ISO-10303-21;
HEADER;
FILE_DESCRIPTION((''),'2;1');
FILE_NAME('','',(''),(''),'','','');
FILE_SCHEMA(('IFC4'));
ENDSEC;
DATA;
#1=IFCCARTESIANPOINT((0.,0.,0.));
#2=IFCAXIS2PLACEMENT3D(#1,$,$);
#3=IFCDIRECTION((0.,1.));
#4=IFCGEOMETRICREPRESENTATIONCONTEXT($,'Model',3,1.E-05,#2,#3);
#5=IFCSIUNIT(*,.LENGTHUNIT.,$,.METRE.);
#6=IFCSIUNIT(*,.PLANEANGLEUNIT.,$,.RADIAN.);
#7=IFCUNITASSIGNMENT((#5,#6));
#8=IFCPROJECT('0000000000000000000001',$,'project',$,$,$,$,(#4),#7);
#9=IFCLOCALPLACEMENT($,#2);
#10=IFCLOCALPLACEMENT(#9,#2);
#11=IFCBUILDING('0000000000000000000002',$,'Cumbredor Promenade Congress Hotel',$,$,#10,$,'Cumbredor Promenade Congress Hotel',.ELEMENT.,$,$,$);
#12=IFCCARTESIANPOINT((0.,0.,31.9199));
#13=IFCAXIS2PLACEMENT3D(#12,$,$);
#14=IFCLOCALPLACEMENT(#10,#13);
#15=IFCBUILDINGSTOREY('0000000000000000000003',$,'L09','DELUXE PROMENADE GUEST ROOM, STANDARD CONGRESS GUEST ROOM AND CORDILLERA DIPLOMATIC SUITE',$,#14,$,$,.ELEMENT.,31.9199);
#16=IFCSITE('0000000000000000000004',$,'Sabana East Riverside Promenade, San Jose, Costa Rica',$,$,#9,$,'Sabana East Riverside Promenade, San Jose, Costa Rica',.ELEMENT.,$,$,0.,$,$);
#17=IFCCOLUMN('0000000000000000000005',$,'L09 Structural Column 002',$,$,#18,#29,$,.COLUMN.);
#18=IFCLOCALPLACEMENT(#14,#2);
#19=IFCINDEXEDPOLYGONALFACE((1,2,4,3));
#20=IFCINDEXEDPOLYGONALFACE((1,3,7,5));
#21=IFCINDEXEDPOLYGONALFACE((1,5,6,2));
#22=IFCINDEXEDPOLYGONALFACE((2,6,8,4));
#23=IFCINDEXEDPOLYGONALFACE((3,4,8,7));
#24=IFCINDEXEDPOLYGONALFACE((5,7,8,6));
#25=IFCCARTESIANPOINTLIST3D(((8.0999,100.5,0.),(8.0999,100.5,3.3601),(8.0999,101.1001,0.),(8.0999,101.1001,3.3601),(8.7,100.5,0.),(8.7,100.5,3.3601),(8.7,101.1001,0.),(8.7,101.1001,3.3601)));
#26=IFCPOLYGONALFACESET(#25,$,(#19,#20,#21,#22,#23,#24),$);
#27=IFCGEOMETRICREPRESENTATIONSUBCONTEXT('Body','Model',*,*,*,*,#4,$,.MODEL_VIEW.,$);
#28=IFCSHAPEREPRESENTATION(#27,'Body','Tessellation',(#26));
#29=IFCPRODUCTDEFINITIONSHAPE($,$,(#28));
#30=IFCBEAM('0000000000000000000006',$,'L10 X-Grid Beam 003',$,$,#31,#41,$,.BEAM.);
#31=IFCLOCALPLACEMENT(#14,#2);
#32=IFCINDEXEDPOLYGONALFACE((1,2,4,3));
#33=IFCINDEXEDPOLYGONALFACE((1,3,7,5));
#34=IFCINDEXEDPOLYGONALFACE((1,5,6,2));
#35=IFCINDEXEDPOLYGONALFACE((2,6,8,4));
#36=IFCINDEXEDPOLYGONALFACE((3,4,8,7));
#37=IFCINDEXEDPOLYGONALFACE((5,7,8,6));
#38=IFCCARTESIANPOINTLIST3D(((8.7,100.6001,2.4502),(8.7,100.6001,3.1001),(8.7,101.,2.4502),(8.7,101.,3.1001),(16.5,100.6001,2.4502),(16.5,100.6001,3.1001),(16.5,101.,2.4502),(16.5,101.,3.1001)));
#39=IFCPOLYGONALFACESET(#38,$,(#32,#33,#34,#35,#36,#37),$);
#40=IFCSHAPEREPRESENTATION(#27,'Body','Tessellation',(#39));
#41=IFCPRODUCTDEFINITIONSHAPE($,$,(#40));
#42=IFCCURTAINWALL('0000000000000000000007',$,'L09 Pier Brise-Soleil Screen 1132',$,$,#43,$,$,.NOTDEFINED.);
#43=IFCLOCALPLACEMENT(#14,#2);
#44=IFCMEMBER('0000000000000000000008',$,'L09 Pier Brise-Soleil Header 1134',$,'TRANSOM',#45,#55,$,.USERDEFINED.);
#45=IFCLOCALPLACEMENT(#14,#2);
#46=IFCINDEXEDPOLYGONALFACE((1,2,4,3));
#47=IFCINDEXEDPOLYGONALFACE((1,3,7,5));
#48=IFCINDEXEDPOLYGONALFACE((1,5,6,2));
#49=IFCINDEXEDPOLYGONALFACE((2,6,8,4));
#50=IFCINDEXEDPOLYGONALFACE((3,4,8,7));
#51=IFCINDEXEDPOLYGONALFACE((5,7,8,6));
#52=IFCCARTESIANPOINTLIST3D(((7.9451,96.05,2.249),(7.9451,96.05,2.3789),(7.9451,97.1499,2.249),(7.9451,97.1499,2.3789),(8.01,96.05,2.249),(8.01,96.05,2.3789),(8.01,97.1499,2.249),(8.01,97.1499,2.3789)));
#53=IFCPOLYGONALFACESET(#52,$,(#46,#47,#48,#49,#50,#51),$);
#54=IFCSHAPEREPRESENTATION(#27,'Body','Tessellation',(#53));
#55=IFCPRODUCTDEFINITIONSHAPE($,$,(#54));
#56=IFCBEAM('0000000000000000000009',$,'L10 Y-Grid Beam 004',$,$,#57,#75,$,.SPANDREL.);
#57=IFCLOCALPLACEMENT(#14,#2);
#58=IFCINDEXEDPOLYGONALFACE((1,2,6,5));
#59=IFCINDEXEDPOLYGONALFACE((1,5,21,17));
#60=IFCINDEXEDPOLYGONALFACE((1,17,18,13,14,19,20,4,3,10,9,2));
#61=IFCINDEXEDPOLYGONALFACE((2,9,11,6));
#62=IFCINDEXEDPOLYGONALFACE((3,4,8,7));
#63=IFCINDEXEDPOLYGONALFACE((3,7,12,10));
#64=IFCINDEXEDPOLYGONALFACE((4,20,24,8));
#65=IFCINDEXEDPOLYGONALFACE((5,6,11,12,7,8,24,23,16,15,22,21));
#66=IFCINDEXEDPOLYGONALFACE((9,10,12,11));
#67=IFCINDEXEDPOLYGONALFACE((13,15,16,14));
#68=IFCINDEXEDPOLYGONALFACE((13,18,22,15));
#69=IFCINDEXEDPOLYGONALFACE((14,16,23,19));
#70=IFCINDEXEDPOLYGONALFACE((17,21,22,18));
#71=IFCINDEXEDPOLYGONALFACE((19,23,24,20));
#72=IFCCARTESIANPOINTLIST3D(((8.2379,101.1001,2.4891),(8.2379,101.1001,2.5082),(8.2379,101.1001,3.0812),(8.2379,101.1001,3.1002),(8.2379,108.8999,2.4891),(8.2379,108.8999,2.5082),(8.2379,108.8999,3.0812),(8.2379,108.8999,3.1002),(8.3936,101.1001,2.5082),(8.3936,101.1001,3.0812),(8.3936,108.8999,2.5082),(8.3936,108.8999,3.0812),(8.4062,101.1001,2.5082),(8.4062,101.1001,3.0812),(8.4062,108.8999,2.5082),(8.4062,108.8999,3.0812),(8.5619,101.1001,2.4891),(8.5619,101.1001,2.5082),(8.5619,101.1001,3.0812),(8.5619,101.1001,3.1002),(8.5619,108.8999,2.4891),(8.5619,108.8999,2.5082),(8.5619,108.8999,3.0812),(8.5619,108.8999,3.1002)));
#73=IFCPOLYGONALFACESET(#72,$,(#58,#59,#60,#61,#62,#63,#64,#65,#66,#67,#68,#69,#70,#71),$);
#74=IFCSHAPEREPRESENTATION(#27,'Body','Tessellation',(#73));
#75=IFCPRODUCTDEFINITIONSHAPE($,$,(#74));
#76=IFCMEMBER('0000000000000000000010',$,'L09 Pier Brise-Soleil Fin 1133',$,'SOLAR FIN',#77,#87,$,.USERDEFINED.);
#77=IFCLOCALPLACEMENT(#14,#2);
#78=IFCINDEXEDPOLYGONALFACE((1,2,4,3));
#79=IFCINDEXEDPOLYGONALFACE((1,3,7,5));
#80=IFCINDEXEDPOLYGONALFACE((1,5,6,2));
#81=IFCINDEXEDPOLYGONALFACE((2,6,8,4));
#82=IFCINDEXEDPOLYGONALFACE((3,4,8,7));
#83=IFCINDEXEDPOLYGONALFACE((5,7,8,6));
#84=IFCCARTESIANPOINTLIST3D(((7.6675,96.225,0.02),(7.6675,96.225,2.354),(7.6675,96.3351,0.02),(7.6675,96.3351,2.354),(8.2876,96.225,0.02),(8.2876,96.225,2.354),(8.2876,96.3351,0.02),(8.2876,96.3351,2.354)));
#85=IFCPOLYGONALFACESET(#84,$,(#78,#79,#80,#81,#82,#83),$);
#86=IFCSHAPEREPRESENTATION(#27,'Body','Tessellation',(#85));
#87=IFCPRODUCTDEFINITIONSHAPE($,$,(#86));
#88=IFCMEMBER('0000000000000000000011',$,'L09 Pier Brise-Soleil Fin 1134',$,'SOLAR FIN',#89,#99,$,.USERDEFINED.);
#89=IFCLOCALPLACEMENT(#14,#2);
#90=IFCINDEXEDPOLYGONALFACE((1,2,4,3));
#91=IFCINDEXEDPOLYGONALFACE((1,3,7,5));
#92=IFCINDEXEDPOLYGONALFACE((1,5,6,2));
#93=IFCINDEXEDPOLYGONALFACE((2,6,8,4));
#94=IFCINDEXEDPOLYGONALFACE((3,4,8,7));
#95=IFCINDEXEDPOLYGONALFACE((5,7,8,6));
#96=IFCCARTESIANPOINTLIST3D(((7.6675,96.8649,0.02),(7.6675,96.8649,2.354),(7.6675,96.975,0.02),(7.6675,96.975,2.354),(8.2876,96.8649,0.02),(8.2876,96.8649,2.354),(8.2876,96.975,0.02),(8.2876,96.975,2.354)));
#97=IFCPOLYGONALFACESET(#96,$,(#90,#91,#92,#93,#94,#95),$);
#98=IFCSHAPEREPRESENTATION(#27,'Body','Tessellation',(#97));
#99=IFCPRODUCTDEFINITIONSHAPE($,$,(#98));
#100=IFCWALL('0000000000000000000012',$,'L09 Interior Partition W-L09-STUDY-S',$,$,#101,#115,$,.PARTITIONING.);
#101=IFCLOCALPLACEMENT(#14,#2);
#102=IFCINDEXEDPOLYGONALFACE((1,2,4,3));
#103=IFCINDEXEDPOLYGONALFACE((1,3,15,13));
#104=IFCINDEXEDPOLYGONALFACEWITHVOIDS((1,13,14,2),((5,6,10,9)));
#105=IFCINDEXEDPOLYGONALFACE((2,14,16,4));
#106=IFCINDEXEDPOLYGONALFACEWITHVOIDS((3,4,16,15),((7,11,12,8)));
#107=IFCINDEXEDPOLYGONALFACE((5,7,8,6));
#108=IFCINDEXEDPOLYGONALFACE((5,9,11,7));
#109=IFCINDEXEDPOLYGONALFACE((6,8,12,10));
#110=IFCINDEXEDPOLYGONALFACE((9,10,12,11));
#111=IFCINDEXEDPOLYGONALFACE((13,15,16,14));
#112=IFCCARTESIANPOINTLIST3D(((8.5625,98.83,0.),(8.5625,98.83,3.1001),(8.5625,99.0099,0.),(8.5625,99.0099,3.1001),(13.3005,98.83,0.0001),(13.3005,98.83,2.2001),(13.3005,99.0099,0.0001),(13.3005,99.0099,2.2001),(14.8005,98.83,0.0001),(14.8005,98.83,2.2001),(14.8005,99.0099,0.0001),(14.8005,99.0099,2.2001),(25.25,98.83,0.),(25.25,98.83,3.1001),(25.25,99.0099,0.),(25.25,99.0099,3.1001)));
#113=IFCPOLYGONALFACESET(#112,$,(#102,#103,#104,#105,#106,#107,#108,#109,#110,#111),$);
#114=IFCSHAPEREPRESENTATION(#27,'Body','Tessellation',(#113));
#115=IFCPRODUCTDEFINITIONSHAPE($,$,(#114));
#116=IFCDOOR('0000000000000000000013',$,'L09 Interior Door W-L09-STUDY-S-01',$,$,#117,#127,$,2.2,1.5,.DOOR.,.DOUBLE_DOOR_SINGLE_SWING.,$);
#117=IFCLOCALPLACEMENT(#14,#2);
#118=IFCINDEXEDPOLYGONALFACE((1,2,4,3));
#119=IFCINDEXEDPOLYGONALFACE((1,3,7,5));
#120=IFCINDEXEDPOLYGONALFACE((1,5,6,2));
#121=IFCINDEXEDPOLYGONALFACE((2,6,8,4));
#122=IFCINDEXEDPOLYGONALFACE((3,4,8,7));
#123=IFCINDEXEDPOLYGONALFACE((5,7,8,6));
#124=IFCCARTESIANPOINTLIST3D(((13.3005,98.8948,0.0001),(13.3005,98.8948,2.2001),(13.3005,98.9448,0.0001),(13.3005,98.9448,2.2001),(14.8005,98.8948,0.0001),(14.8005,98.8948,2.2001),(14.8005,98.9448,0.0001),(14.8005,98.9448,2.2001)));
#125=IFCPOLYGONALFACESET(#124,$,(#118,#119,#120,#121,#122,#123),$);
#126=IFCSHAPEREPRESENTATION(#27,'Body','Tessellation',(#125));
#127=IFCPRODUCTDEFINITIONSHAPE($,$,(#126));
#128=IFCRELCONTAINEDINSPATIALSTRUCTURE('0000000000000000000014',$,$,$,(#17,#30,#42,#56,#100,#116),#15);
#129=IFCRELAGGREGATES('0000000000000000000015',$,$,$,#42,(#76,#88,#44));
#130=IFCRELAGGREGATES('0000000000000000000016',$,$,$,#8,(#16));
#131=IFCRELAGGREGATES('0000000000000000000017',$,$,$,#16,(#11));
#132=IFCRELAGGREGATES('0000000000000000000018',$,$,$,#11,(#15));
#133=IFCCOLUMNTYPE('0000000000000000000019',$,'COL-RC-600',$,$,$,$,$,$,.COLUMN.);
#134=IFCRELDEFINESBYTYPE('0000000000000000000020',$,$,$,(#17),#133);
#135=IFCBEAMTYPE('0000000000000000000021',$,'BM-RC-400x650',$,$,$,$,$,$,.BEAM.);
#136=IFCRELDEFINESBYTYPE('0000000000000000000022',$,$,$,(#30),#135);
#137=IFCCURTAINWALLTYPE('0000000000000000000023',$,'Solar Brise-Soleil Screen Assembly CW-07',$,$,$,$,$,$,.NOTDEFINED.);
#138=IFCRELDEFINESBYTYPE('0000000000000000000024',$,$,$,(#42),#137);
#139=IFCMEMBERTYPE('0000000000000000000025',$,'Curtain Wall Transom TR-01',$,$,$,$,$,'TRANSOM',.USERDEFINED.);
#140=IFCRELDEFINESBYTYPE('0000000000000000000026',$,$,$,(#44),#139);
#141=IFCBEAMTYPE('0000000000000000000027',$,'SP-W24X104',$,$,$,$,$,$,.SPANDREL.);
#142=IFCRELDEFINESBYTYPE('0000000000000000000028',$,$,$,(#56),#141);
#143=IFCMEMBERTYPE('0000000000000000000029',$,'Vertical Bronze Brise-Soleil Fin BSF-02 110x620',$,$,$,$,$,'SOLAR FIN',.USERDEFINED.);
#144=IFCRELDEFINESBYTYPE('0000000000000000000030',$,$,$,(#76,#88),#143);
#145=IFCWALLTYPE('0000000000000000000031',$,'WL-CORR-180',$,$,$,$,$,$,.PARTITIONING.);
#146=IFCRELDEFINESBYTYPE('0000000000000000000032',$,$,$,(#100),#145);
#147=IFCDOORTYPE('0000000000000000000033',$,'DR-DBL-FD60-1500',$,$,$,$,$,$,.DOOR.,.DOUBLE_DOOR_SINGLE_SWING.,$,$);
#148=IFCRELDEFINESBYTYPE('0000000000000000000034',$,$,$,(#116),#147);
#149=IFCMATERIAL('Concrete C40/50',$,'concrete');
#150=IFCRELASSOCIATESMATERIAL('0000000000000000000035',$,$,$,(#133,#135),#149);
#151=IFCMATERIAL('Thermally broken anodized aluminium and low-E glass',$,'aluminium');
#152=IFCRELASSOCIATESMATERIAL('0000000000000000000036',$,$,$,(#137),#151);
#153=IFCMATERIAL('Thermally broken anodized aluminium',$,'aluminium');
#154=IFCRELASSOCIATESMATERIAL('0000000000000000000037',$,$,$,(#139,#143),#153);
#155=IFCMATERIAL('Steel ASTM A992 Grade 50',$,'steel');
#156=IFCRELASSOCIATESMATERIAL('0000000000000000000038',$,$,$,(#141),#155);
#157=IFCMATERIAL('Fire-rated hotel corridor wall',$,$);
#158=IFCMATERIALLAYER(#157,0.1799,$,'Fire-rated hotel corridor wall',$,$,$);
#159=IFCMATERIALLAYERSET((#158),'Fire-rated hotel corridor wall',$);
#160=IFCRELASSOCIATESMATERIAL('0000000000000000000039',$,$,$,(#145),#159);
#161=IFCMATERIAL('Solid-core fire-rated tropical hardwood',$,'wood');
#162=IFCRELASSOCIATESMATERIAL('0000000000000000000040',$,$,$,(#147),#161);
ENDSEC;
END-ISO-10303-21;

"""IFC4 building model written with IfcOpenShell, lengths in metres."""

from ifc_helpers import new_model, si_unit, direction, frame, frame_2d, origin, origin_2d, place, context, subcontext, project, spatial, rectangle, i_section, extrude, material, layer, layer_set, material_profile, profile_set, type_object, element, fill, aggregate, save


model = new_model("IFC4")

# Units and contexts
model_context = context("Model", 3, precision=1e-05, world=origin(), true_north=direction((0.0, 1.0)))
body_context = subcontext(model_context, "Body", "Model", "MODEL_VIEW")
ifc_project = project(units=[si_unit("LENGTHUNIT", "METRE"), si_unit("PLANEANGLEUNIT", "RADIAN")], contexts=[model_context])

# Site, building, storey
site_placement = place(None, origin())
site = spatial("IfcSite", under=ifc_project, at=site_placement, Name="Sabana East Riverside Promenade, San Jose, Costa Rica", LongName="Sabana East Riverside Promenade, San Jose, Costa Rica", CompositionType="ELEMENT", RefElevation=0.0)
building_placement = place(site_placement, origin())
building = spatial("IfcBuilding", under=site, at=building_placement, Name="Cumbredor Promenade Congress Hotel", LongName="Cumbredor Promenade Congress Hotel", CompositionType="ELEMENT")
storey_placement = place(building_placement, frame((0.0, 0.0, 31.9199)))
storey = spatial("IfcBuildingStorey", under=building, at=storey_placement, Name="L09", Description="DELUXE PROMENADE GUEST ROOM, STANDARD CONGRESS GUEST ROOM AND CORDILLERA DIPLOMATIC SUITE", CompositionType="ELEMENT", Elevation=31.9199)

# Column
ifc_material_1 = material(Name="Concrete C40/50", Category="concrete")
ifc_material_profile_1 = material_profile(ifc_material_1, rectangle(XDim=0.6001, YDim=0.6001, at=origin_2d()), Name="RC 600x600")
ifc_profile_set_1 = profile_set([ifc_material_profile_1], Name="Concrete C40/50")
column_type = type_object("IfcColumnType", Name="COL-RC-600", PredefinedType="COLUMN", material=ifc_profile_set_1)
column_placement = place(storey_placement, frame((8.3999, 100.8, 0.0), z_axis=(0.0, 0.0, 1.0), x_axis=(1.0, 0.0, 0.0)))
element("IfcColumn", 1, at=column_placement, inside=storey, type_object=column_type, Name="L09 Structural Column 002", PredefinedType="COLUMN", context=body_context, shape_type="SweptSolid", body=[
    extrude(rectangle(XDim=0.6001, YDim=0.6001, at=origin_2d()), origin(), (0.0, 0.0, 1.0), 3.3601),
])

# Beam
ifc_material_profile_2 = material_profile(ifc_material_1, rectangle(XDim=0.3999, YDim=0.6499, at=origin_2d()), Name="RC BEAM 400x650")
ifc_profile_set_2 = profile_set([ifc_material_profile_2], Name="Concrete C40/50")
beam_type_1 = type_object("IfcBeamType", Name="BM-RC-400x650", PredefinedType="BEAM", material=ifc_profile_set_2)
beam_1_placement = place(storey_placement, frame((8.7, 100.8, 2.7751), z_axis=(1.0, 0.0, 0.0), x_axis=(0.0, 1.0, 0.0)))
element("IfcBeam", 2, at=beam_1_placement, inside=storey, type_object=beam_type_1, Name="L10 X-Grid Beam 003", PredefinedType="BEAM", context=body_context, shape_type="SweptSolid", body=[
    extrude(rectangle(XDim=0.3999, YDim=0.6499, at=origin_2d()), origin(), (0.0, 0.0, 1.0), 7.8),
])

# Curtain wall, member
ifc_material_2 = material(Name="Thermally broken anodized aluminium and low-E glass", Category="aluminium")
curtain_wall_type = type_object("IfcCurtainWallType", Name="Solar Brise-Soleil Screen Assembly CW-07", PredefinedType="NOTDEFINED", material=ifc_material_2)
curtain_wall_placement = place(storey_placement, origin())
curtain_wall = element("IfcCurtainWall", 3, at=curtain_wall_placement, inside=storey, type_object=curtain_wall_type, Name="L09 Pier Brise-Soleil Screen 1132", PredefinedType="NOTDEFINED")
ifc_material_3 = material(Name="Thermally broken anodized aluminium", Category="aluminium")
ifc_material_profile_3 = material_profile(ifc_material_3, rectangle(XDim=0.0649, YDim=0.1299, at=origin_2d()), Name="ALU TRANSOM 65x130")
ifc_profile_set_3 = profile_set([ifc_material_profile_3], Name="Thermally broken anodized aluminium")
member_type_1 = type_object("IfcMemberType", Name="Curtain Wall Transom TR-01", ElementType="TRANSOM", PredefinedType="USERDEFINED", material=ifc_profile_set_3)
member_1_placement = place(storey_placement, frame((7.9775, 96.05, 2.314), z_axis=(0.0, 1.0, 0.0), x_axis=(-1.0, 0.0, 0.0)))
member_1 = element("IfcMember", 4, at=member_1_placement, type_object=member_type_1, Name="L09 Pier Brise-Soleil Header 1134", ObjectType="TRANSOM", PredefinedType="USERDEFINED", context=body_context, shape_type="SweptSolid", body=[
    extrude(rectangle(XDim=0.0649, YDim=0.1299, at=origin_2d()), origin(), (0.0, 0.0, 1.0), 1.0999),
])

# Beam
ifc_material_4 = material(Name="Steel ASTM A992 Grade 50", Category="steel")
ifc_material_profile_4 = material_profile(ifc_material_4, i_section(OverallWidth=0.324, OverallDepth=0.6111, WebThickness=0.0127, FlangeThickness=0.019, at=origin_2d()), Name="W24X104")
ifc_profile_set_4 = profile_set([ifc_material_profile_4], Name="Steel ASTM A992 Grade 50")
beam_type_2 = type_object("IfcBeamType", Name="SP-W24X104", PredefinedType="SPANDREL", material=ifc_profile_set_4)
beam_2_placement = place(storey_placement, frame((8.3999, 101.1001, 2.7947), z_axis=(0.0, 1.0, 0.0), x_axis=(-1.0, 0.0, 0.0)))
element("IfcBeam", 5, at=beam_2_placement, inside=storey, type_object=beam_type_2, Name="L10 Y-Grid Beam 004", PredefinedType="SPANDREL", context=body_context, shape_type="SweptSolid", body=[
    extrude(i_section(OverallWidth=0.324, OverallDepth=0.6111, WebThickness=0.0127, FlangeThickness=0.019, at=origin_2d()), origin(), (0.0, 0.0, 1.0), 7.7998),
])

# Members
ifc_material_profile_5 = material_profile(ifc_material_3, rectangle(XDim=0.1101, YDim=0.6201, at=origin_2d()), Name="ARCH FIN 110x620")
ifc_profile_set_5 = profile_set([ifc_material_profile_5], Name="Thermally broken anodized aluminium")
member_type_2 = type_object("IfcMemberType", Name="Vertical Bronze Brise-Soleil Fin BSF-02 110x620", ElementType="SOLAR FIN", PredefinedType="USERDEFINED", material=ifc_profile_set_5)
member_2_placement = place(storey_placement, frame((7.9775, 96.28, 0.02), z_axis=(0.0, 0.0, 1.0), x_axis=(0.0, 1.0, 0.0)))
member_2 = element("IfcMember", 6, at=member_2_placement, type_object=member_type_2, Name="L09 Pier Brise-Soleil Fin 1133", ObjectType="SOLAR FIN", PredefinedType="USERDEFINED", context=body_context, shape_type="SweptSolid", body=[
    extrude(rectangle(XDim=0.1101, YDim=0.6201, at=origin_2d()), origin(), (0.0, 0.0, 1.0), 2.334),
])
member_3_placement = place(storey_placement, frame((7.9775, 96.9199, 0.02), z_axis=(0.0, 0.0, 1.0), x_axis=(0.0, 1.0, 0.0)))
member_3 = element("IfcMember", 7, at=member_3_placement, type_object=member_type_2, Name="L09 Pier Brise-Soleil Fin 1134", ObjectType="SOLAR FIN", PredefinedType="USERDEFINED", context=body_context, shape_type="SweptSolid", body=[
    extrude(rectangle(XDim=0.1101, YDim=0.6201, at=origin_2d()), origin(), (0.0, 0.0, 1.0), 2.334),
])
aggregate(curtain_wall, [member_2, member_3, member_1])

# Shared definitions
ifc_material_5 = material(Name="Fire-rated hotel corridor wall")
ifc_layer = layer(ifc_material_5, 0.1799, Name="Fire-rated hotel corridor wall")
ifc_layer_set = layer_set([ifc_layer], Name="Fire-rated hotel corridor wall")
wall_type = type_object("IfcWallType", Name="WL-CORR-180", PredefinedType="PARTITIONING", material=ifc_layer_set)
ifc_material_6 = material(Name="Solid-core fire-rated tropical hardwood", Category="wood")

# Wall, opening, door
wall_1_placement = place(storey_placement, frame((8.5625, 98.9199, 0.0), z_axis=(0.0, 0.0, 1.0), x_axis=(1.0, 0.0, 0.0)))
wall_1 = element("IfcWall", 8, at=wall_1_placement, inside=storey, type_object=wall_type, Name="L09 Interior Partition W-L09-STUDY-S", PredefinedType="PARTITIONING", context=body_context, shape_type="SweptSolid", body=[
    extrude(rectangle(XDim=16.6875, YDim=0.1799, at=frame_2d((8.3438, 0.0))), origin(), (0.0, 0.0, 1.0), 3.1001),
])
opening_1_placement = place(wall_1_placement, frame((4.738, 0.0, 0.0)))
opening_1 = element("IfcOpeningElement", 9, at=opening_1_placement, cuts=wall_1, PredefinedType="OPENING", context=body_context, shape_type="SweptSolid", body=[
    extrude(rectangle(XDim=1.5, YDim=2.2, at=frame_2d((0.75, 1.1001))), frame((0.0, 0.1001, 0.0), z_axis=(0.0, -1.0, 0.0), x_axis=(1.0, 0.0, 0.0)), (0.0, 0.0, 1.0), 0.2),
])
door_type_1 = type_object("IfcDoorType", Name="DR-DBL-FD60-1500", OperationType="DOUBLE_DOOR_SINGLE_SWING", PredefinedType="DOOR", material=ifc_material_6)
door_1_placement = place(opening_1_placement, origin())
door_1 = element("IfcDoor", 10, at=door_1_placement, inside=storey, type_object=door_type_1, Name="L09 Interior Door W-L09-STUDY-S-01", OperationType="DOUBLE_DOOR_SINGLE_SWING", OverallHeight=2.2, OverallWidth=1.5, PredefinedType="DOOR", context=body_context, shape_type="SweptSolid", body=[
    extrude(rectangle(XDim=1.5, YDim=2.2, at=frame_2d((0.75, 1.1001))), frame((0.0, 0.0249, 0.0), z_axis=(0.0, -1.0, 0.0), x_axis=(1.0, 0.0, 0.0)), (0.0, 0.0, 1.0), 0.05),
])
fill(opening_1, door_1)

save(model, "model.ifc")
